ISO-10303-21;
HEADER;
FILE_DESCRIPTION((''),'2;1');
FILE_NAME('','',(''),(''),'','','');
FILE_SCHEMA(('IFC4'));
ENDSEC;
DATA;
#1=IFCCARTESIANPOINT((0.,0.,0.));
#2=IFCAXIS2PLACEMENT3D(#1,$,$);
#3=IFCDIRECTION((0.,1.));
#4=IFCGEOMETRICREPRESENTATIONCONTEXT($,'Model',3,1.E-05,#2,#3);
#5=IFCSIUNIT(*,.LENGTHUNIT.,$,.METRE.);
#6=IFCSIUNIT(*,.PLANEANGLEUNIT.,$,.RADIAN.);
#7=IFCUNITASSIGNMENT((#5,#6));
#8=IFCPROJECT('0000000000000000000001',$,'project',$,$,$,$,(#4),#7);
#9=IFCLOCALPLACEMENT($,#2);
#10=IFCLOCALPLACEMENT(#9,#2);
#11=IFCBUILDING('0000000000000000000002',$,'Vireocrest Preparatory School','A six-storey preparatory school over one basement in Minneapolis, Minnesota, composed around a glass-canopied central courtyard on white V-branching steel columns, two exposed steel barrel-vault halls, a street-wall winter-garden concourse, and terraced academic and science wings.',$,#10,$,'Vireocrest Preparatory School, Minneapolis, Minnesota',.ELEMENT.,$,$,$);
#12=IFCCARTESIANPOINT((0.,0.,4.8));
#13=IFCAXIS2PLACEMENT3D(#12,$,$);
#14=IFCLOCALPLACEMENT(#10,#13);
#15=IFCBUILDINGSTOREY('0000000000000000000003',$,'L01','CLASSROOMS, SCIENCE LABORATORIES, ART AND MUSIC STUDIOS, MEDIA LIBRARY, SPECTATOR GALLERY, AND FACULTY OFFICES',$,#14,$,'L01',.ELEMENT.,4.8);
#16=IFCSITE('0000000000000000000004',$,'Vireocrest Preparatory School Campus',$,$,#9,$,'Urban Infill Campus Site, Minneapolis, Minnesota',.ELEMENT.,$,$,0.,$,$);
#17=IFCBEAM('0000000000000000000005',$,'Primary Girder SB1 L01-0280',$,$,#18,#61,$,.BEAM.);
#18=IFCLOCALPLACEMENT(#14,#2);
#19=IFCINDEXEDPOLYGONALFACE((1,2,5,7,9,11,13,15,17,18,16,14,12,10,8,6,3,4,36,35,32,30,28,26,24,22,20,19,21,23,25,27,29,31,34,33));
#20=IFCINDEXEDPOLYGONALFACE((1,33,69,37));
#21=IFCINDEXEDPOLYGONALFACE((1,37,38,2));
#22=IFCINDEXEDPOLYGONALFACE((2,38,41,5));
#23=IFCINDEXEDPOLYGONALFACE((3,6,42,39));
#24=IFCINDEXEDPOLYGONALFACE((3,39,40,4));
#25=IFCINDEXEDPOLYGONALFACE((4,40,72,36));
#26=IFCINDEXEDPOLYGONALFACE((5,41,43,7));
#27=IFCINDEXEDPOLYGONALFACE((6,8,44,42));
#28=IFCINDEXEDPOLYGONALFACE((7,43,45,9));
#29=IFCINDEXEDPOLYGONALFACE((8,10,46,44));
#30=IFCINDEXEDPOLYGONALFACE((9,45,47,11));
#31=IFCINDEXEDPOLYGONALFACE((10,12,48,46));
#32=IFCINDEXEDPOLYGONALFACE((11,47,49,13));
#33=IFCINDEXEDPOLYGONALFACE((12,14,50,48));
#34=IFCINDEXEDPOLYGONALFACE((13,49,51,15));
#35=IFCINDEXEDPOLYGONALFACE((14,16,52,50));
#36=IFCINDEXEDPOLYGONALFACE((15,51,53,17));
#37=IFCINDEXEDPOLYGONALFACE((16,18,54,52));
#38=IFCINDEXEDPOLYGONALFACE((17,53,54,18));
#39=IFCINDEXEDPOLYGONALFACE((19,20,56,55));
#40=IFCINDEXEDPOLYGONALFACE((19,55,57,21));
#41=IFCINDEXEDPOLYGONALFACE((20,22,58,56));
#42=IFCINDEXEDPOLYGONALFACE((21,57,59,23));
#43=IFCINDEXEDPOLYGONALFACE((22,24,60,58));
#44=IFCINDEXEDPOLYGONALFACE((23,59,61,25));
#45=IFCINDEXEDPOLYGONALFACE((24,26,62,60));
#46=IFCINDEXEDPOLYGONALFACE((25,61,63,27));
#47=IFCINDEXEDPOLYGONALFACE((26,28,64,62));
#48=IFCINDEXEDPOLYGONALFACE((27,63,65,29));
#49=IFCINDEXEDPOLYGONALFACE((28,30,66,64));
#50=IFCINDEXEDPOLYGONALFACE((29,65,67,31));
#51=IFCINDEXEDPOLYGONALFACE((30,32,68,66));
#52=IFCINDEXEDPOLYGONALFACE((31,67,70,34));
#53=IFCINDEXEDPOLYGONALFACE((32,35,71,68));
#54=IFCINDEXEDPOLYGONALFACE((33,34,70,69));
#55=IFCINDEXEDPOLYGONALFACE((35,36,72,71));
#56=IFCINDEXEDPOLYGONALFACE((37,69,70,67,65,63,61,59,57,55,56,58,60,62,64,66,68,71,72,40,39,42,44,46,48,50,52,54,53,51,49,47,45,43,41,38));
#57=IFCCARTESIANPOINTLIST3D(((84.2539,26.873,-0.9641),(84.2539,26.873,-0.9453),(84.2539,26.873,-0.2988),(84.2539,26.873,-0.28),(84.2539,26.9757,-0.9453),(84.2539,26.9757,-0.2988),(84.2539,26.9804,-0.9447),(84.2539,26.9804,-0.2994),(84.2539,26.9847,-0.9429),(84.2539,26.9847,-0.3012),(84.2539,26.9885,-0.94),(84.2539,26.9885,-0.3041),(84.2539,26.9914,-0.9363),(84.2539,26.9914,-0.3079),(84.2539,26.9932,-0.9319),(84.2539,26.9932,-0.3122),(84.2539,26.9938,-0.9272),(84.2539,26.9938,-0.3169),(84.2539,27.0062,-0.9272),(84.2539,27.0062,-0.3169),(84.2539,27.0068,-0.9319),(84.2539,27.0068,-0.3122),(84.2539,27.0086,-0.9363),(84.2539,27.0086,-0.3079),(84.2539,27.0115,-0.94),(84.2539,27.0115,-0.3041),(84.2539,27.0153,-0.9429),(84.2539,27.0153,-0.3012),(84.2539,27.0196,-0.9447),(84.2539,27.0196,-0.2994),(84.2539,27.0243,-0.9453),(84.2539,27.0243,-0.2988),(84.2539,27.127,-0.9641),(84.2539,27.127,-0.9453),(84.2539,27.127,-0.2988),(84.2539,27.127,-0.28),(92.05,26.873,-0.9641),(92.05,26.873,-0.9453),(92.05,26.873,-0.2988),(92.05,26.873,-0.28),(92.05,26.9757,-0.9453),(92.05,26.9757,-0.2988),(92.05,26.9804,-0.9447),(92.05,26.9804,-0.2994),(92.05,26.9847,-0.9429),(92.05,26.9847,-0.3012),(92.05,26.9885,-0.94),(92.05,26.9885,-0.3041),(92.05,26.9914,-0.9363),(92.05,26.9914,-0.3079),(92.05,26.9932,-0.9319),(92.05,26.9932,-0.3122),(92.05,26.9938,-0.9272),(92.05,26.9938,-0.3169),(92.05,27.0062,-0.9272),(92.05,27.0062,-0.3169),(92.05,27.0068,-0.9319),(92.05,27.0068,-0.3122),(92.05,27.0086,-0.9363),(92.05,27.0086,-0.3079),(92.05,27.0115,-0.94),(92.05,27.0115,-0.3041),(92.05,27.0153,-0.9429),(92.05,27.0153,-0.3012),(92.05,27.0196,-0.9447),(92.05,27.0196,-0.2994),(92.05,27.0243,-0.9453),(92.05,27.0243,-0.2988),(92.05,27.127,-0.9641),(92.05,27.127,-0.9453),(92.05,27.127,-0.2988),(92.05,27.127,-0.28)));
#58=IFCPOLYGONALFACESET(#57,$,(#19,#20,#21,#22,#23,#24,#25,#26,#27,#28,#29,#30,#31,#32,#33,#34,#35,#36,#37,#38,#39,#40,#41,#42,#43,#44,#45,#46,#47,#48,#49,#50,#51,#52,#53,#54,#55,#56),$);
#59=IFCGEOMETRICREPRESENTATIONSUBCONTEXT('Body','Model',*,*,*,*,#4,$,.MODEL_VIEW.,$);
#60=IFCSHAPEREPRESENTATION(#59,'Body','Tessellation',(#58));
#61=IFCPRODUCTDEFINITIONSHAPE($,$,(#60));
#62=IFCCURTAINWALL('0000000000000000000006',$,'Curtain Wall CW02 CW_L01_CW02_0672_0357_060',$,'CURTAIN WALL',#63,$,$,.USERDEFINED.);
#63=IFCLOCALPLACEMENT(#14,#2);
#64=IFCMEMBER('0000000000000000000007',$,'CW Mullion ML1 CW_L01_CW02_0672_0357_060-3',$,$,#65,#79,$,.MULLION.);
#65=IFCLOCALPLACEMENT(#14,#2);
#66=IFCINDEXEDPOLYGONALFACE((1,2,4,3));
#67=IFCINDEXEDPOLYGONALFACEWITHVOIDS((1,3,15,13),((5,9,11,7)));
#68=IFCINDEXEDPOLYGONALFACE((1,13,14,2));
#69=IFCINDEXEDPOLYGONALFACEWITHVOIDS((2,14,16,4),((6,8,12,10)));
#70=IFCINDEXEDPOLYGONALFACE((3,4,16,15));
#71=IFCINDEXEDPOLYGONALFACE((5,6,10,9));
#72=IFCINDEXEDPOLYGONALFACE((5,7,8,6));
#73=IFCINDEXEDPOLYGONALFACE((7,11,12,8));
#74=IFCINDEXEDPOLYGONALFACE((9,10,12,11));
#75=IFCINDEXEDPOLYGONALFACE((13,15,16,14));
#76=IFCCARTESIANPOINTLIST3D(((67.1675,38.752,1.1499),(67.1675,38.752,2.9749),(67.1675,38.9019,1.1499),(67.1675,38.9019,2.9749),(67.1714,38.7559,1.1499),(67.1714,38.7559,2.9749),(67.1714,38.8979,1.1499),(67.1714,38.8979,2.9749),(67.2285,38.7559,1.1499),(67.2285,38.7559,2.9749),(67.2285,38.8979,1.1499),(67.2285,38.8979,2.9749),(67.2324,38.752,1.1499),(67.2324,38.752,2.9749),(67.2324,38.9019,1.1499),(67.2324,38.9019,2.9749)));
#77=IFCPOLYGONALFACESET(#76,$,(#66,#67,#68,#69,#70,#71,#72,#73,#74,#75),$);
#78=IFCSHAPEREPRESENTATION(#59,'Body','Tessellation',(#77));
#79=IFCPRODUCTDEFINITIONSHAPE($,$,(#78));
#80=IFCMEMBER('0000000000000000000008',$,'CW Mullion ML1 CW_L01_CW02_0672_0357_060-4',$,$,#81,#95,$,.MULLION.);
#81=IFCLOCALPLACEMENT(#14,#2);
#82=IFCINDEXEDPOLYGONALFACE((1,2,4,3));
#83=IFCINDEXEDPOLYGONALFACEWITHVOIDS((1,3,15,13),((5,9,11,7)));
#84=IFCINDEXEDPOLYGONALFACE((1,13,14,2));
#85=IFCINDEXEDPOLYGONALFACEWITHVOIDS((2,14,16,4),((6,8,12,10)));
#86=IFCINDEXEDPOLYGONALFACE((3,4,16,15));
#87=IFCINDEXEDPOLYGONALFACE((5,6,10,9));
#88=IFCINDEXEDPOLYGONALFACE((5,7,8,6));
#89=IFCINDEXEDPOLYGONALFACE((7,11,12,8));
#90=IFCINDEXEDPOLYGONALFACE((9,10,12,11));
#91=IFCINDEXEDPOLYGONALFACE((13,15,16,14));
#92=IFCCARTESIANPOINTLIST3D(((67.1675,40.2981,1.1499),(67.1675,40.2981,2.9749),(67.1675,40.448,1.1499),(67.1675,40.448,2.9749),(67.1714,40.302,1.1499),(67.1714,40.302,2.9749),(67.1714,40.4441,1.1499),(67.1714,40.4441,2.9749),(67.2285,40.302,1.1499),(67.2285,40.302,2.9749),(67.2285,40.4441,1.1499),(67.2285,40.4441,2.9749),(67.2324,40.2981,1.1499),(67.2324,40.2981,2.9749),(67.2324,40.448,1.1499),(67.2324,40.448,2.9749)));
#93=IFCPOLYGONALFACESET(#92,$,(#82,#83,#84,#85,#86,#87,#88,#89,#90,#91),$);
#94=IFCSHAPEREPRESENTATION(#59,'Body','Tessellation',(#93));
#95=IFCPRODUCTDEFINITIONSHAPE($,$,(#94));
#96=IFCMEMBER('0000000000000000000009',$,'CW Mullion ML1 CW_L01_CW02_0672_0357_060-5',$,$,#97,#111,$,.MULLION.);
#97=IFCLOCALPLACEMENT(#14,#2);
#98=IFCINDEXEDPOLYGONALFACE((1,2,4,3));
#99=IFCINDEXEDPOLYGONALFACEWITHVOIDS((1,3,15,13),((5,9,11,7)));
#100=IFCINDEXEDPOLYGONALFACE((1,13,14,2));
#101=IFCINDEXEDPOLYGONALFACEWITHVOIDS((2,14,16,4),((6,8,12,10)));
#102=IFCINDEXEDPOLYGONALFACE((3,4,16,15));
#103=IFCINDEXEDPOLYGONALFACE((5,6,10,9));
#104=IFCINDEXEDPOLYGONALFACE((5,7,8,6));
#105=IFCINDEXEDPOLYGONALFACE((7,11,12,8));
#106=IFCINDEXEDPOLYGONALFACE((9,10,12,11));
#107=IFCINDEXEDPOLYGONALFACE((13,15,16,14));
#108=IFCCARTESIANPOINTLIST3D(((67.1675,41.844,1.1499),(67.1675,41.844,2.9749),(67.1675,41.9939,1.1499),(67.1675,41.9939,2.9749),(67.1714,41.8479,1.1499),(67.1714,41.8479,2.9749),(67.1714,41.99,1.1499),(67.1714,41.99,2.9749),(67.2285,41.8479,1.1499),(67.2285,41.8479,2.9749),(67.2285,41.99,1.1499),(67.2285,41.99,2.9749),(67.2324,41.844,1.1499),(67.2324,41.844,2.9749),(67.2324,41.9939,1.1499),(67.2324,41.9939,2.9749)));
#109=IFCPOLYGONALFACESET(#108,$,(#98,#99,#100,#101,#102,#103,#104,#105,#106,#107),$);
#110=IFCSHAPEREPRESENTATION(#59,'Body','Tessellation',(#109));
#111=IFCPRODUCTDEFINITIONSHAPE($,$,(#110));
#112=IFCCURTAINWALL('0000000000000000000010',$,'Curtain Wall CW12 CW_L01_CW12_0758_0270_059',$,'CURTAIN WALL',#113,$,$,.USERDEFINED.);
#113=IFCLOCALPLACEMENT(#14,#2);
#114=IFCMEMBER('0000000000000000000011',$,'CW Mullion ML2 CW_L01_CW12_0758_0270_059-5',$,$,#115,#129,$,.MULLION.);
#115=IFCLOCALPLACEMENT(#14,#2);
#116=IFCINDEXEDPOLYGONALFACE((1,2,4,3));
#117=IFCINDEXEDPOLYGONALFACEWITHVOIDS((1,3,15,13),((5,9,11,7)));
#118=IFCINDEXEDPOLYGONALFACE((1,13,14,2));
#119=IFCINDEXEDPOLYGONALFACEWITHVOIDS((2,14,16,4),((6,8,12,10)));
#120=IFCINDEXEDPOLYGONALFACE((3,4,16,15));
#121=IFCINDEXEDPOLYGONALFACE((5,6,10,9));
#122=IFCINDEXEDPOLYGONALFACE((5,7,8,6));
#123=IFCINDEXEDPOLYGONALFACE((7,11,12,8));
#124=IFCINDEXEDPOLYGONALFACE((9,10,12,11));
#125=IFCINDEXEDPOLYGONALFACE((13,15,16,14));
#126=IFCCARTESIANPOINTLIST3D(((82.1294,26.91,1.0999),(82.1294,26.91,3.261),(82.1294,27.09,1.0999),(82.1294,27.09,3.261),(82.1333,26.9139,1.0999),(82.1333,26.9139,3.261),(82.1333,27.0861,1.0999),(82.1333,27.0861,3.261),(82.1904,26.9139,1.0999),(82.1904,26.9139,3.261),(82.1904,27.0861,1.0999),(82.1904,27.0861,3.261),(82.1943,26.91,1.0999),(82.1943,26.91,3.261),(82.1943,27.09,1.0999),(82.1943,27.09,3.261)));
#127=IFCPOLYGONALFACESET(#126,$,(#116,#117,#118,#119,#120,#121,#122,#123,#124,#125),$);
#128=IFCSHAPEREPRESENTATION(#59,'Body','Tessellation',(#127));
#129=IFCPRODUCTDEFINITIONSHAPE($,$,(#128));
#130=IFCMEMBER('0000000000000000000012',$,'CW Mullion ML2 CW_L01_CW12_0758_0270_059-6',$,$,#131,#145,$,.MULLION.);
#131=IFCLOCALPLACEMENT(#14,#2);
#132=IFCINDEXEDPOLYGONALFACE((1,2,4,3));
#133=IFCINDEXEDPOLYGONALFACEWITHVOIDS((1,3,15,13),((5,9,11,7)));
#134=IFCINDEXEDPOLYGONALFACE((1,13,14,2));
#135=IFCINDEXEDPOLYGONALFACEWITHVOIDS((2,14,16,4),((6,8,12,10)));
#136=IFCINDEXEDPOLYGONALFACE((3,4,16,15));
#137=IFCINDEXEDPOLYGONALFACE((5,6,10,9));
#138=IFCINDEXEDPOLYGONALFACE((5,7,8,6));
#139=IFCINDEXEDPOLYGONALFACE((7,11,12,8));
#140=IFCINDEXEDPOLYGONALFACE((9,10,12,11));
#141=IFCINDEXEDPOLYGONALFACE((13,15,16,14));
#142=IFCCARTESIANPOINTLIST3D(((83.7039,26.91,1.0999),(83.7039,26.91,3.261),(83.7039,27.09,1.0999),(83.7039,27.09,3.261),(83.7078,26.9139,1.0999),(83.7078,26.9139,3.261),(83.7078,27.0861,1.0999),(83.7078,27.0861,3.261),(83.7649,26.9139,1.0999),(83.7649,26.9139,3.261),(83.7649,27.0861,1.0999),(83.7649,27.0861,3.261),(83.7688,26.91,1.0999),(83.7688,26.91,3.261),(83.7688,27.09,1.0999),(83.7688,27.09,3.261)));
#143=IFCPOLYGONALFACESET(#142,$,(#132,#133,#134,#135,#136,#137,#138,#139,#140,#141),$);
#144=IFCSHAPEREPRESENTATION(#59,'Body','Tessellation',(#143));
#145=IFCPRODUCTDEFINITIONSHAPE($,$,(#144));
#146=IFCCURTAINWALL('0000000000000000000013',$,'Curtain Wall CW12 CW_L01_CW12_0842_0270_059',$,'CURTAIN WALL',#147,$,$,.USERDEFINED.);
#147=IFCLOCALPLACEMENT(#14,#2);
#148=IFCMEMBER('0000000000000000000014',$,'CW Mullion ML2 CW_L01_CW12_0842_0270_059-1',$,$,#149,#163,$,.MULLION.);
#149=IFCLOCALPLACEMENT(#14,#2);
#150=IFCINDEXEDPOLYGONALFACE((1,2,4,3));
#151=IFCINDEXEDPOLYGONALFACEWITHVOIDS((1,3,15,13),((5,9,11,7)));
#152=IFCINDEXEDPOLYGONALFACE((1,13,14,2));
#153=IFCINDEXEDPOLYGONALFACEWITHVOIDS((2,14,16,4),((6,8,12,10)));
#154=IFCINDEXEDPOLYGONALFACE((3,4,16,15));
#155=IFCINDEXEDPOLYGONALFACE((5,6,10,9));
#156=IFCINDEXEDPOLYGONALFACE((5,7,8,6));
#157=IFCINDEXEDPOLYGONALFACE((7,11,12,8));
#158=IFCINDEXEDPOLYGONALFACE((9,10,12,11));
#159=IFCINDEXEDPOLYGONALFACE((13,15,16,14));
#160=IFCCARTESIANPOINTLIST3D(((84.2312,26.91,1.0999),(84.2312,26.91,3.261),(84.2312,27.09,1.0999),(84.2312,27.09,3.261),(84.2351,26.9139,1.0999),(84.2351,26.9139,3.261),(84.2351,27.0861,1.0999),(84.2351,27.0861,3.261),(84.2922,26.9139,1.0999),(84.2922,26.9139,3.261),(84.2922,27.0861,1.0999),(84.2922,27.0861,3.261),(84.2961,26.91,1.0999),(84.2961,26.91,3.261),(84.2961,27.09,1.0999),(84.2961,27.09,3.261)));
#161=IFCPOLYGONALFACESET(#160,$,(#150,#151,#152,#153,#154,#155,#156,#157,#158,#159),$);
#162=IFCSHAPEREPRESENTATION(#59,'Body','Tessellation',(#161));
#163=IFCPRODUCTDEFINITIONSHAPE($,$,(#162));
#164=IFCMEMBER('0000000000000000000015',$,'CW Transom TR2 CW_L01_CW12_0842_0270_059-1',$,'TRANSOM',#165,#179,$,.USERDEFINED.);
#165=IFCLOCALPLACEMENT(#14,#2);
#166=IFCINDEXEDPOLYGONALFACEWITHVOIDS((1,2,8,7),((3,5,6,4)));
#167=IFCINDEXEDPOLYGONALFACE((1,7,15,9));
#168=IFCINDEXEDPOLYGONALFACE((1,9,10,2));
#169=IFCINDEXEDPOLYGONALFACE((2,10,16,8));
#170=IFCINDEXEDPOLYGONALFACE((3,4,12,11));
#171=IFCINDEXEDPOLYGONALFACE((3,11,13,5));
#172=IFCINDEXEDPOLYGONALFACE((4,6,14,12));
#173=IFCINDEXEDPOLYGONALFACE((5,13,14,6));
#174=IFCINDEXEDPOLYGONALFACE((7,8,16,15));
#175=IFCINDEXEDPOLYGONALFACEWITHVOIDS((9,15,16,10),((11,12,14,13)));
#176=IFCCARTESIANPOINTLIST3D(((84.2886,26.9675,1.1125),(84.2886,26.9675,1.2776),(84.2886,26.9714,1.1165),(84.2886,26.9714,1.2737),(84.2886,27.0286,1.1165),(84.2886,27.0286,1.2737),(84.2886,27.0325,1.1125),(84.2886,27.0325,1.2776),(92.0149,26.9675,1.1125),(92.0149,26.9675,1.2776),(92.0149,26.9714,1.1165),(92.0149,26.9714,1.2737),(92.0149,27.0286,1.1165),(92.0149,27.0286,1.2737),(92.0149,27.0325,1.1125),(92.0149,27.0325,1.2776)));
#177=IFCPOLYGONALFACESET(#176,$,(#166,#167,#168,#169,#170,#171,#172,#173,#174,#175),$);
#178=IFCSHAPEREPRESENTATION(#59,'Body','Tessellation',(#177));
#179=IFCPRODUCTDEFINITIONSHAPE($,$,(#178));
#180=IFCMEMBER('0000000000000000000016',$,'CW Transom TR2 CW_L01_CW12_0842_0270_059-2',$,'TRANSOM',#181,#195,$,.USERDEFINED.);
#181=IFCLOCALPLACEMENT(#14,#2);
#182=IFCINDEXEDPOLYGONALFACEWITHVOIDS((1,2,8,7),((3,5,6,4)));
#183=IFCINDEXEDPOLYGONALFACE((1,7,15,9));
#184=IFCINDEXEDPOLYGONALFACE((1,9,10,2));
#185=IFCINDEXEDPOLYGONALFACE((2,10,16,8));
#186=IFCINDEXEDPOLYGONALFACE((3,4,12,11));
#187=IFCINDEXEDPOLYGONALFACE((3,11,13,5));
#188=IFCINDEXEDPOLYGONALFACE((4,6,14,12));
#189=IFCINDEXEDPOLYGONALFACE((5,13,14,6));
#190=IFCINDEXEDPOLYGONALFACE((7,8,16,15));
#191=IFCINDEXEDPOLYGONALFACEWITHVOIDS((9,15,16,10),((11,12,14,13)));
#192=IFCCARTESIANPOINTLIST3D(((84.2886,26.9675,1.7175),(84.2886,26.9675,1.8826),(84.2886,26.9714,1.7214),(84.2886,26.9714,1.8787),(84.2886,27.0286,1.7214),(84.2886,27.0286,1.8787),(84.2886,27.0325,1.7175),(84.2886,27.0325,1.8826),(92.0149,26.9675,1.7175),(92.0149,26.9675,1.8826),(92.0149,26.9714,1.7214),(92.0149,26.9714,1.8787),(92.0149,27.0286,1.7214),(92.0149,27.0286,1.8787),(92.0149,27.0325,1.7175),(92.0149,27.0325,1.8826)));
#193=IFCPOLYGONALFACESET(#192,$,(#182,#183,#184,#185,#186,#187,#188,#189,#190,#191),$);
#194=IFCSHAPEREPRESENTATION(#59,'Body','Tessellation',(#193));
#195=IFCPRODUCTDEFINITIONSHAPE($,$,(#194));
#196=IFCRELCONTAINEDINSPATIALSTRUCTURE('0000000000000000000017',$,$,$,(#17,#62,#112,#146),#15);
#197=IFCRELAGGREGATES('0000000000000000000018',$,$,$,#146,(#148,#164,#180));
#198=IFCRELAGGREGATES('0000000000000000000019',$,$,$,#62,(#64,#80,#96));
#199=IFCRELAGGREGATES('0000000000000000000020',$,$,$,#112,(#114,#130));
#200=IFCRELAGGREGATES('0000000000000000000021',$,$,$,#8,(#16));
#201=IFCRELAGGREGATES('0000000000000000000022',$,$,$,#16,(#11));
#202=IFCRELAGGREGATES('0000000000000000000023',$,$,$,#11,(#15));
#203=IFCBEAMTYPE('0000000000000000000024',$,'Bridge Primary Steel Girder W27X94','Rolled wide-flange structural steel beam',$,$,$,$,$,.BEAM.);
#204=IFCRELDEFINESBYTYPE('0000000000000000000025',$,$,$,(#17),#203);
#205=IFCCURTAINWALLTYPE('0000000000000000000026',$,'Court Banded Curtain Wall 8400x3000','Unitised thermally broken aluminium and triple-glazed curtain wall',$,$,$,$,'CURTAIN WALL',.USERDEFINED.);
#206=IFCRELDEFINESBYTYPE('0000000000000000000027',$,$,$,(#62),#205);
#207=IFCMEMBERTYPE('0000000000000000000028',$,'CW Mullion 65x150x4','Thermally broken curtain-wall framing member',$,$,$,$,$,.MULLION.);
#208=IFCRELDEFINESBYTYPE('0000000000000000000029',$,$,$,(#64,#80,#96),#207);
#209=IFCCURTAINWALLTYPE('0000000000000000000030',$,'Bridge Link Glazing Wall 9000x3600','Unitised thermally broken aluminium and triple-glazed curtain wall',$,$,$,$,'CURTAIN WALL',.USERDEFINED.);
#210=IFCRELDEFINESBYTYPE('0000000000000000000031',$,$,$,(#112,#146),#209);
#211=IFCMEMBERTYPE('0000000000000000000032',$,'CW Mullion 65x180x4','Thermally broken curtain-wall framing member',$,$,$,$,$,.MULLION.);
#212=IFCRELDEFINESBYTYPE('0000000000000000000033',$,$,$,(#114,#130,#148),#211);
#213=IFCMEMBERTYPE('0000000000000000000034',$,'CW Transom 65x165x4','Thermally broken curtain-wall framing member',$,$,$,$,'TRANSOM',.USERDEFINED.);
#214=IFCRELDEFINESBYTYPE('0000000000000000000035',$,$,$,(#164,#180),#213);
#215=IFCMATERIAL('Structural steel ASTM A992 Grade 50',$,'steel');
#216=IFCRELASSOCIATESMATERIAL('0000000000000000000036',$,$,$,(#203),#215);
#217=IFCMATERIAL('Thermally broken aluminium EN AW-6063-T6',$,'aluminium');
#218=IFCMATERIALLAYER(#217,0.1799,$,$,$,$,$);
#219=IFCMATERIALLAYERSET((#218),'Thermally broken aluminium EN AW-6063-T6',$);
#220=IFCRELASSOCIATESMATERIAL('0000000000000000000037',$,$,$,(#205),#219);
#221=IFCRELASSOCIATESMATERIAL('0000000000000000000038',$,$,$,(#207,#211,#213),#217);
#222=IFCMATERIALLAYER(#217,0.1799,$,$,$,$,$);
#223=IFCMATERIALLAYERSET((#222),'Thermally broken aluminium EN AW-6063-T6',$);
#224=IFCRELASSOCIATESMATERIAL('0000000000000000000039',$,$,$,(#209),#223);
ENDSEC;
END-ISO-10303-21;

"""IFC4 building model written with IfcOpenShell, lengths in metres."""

from ifc_helpers import new_model, si_unit, direction, frame, origin, origin_2d, place, context, subcontext, project, spatial, hollow_rectangle, i_section, extrude, material, layer, layer_set, material_profile, profile_set, type_object, element, aggregate, save


model = new_model("IFC4")

# Units and contexts
model_context = context("Model", 3, precision=1e-05, world=origin(), true_north=direction((0.0, 1.0)))
body_context = subcontext(model_context, "Body", "Model", "MODEL_VIEW")
ifc_project = project(units=[si_unit("LENGTHUNIT", "METRE"), si_unit("PLANEANGLEUNIT", "RADIAN")], contexts=[model_context])

# Site, building, storey
site_placement = place(None, origin())
site = spatial("IfcSite", under=ifc_project, at=site_placement, Name="Vireocrest Preparatory School Campus", LongName="Urban Infill Campus Site, Minneapolis, Minnesota", CompositionType="ELEMENT", RefElevation=0.0)
building_placement = place(site_placement, origin())
building = spatial("IfcBuilding", under=site, at=building_placement, Name="Vireocrest Preparatory School", Description="A six-storey preparatory school over one basement in Minneapolis, Minnesota, composed around a glass-canopied central courtyard on white V-branching steel columns, two exposed steel barrel-vault halls, a street-wall winter-garden concourse, and terraced academic and science wings.", LongName="Vireocrest Preparatory School, Minneapolis, Minnesota", CompositionType="ELEMENT")
storey_placement = place(building_placement, frame((0.0, 0.0, 4.8)))
storey = spatial("IfcBuildingStorey", under=building, at=storey_placement, Name="L01", Description="CLASSROOMS, SCIENCE LABORATORIES, ART AND MUSIC STUDIOS, MEDIA LIBRARY, SPECTATOR GALLERY, AND FACULTY OFFICES", LongName="L01", CompositionType="ELEMENT", Elevation=4.8)

# Beam
ifc_material_1 = material(Name="Structural steel ASTM A992 Grade 50", Category="steel")
ifc_material_profile_1 = material_profile(ifc_material_1, i_section(OverallWidth=0.2539, OverallDepth=0.6841, WebThickness=0.0125, FlangeThickness=0.0188, FilletRadius=0.0181, at=origin_2d()), Name="W27X94")
ifc_profile_set_1 = profile_set([ifc_material_profile_1], Name="Structural steel ASTM A992 Grade 50")
beam_type_1 = type_object("IfcBeamType", Name="Bridge Primary Steel Girder W27X94", Description="Rolled wide-flange structural steel beam", PredefinedType="BEAM", material=ifc_profile_set_1)
beam_1_placement = place(storey_placement, frame((84.2539, 27.0, -0.6221), z_axis=(1.0, 0.0, 0.0), x_axis=(0.0, 1.0, 0.0)))
element("IfcBeam", 1, at=beam_1_placement, inside=storey, type_object=beam_type_1, Name="Primary Girder SB1 L01-0280", PredefinedType="BEAM", context=body_context, shape_type="SweptSolid", body=[
    extrude(i_section(OverallWidth=0.2539, OverallDepth=0.6841, WebThickness=0.0125, FlangeThickness=0.0188, FilletRadius=0.0181, at=origin_2d()), origin(), (0.0, 0.0, 1.0), 7.7961),
])

# Curtain walls, members
ifc_material_2 = material(Name="Thermally broken aluminium EN AW-6063-T6", Category="aluminium")
ifc_layer_1 = layer(ifc_material_2, 0.1799)
ifc_layer_set_1 = layer_set([ifc_layer_1], Name="Thermally broken aluminium EN AW-6063-T6")
curtain_wall_type_1 = type_object("IfcCurtainWallType", Name="Court Banded Curtain Wall 8400x3000", Description="Unitised thermally broken aluminium and triple-glazed curtain wall", ElementType="CURTAIN WALL", PredefinedType="USERDEFINED", material=ifc_layer_set_1)
curtain_wall_1_placement = place(storey_placement, origin())
curtain_wall_1 = element("IfcCurtainWall", 2, at=curtain_wall_1_placement, inside=storey, type_object=curtain_wall_type_1, Name="Curtain Wall CW02 CW_L01_CW02_0672_0357_060", ObjectType="CURTAIN WALL", PredefinedType="USERDEFINED")
ifc_material_profile_2 = material_profile(ifc_material_2, hollow_rectangle(XDim=0.0649, YDim=0.1499, WallThickness=0.0039, at=origin_2d()), Name="ALU 65x150x4")
ifc_profile_set_2 = profile_set([ifc_material_profile_2], Name="Thermally broken aluminium EN AW-6063-T6")
member_type_1 = type_object("IfcMemberType", Name="CW Mullion 65x150x4", Description="Thermally broken curtain-wall framing member", PredefinedType="MULLION", material=ifc_profile_set_2)
member_1_placement = place(storey_placement, frame((67.2, 38.8269, 1.1499), z_axis=(0.0, 0.0, 1.0), x_axis=(1.0, 0.0, 0.0)))
member_1 = element("IfcMember", 3, at=member_1_placement, type_object=member_type_1, Name="CW Mullion ML1 CW_L01_CW02_0672_0357_060-3", PredefinedType="MULLION", context=body_context, shape_type="SweptSolid", body=[
    extrude(hollow_rectangle(XDim=0.0649, YDim=0.1499, WallThickness=0.0039, at=origin_2d()), origin(), (0.0, 0.0, 1.0), 1.825),
])
member_2_placement = place(storey_placement, frame((67.2, 40.373, 1.1499), z_axis=(0.0, 0.0, 1.0), x_axis=(1.0, 0.0, 0.0)))
member_2 = element("IfcMember", 4, at=member_2_placement, type_object=member_type_1, Name="CW Mullion ML1 CW_L01_CW02_0672_0357_060-4", PredefinedType="MULLION", context=body_context, shape_type="SweptSolid", body=[
    extrude(hollow_rectangle(XDim=0.0649, YDim=0.1499, WallThickness=0.0039, at=origin_2d()), origin(), (0.0, 0.0, 1.0), 1.825),
])
member_3_placement = place(storey_placement, frame((67.2, 41.9189, 1.1499), z_axis=(0.0, 0.0, 1.0), x_axis=(1.0, 0.0, 0.0)))
member_3 = element("IfcMember", 5, at=member_3_placement, type_object=member_type_1, Name="CW Mullion ML1 CW_L01_CW02_0672_0357_060-5", PredefinedType="MULLION", context=body_context, shape_type="SweptSolid", body=[
    extrude(hollow_rectangle(XDim=0.0649, YDim=0.1499, WallThickness=0.0039, at=origin_2d()), origin(), (0.0, 0.0, 1.0), 1.825),
])
ifc_layer_2 = layer(ifc_material_2, 0.1799)
ifc_layer_set_2 = layer_set([ifc_layer_2], Name="Thermally broken aluminium EN AW-6063-T6")
curtain_wall_type_2 = type_object("IfcCurtainWallType", Name="Bridge Link Glazing Wall 9000x3600", Description="Unitised thermally broken aluminium and triple-glazed curtain wall", ElementType="CURTAIN WALL", PredefinedType="USERDEFINED", material=ifc_layer_set_2)
curtain_wall_2_placement = place(storey_placement, origin())
curtain_wall_2 = element("IfcCurtainWall", 6, at=curtain_wall_2_placement, inside=storey, type_object=curtain_wall_type_2, Name="Curtain Wall CW12 CW_L01_CW12_0758_0270_059", ObjectType="CURTAIN WALL", PredefinedType="USERDEFINED")
ifc_material_profile_3 = material_profile(ifc_material_2, hollow_rectangle(XDim=0.0649, YDim=0.1799, WallThickness=0.0039, at=origin_2d()), Name="ALU 65x180x4")
ifc_profile_set_3 = profile_set([ifc_material_profile_3], Name="Thermally broken aluminium EN AW-6063-T6")
member_type_2 = type_object("IfcMemberType", Name="CW Mullion 65x180x4", Description="Thermally broken curtain-wall framing member", PredefinedType="MULLION", material=ifc_profile_set_3)
member_4_placement = place(storey_placement, frame((82.1619, 27.0, 1.0999), z_axis=(0.0, 0.0, 1.0), x_axis=(1.0, 0.0, 0.0)))
member_4 = element("IfcMember", 7, at=member_4_placement, type_object=member_type_2, Name="CW Mullion ML2 CW_L01_CW12_0758_0270_059-5", PredefinedType="MULLION", context=body_context, shape_type="SweptSolid", body=[
    extrude(hollow_rectangle(XDim=0.0649, YDim=0.1799, WallThickness=0.0039, at=origin_2d()), origin(), (0.0, 0.0, 1.0), 2.1611),
])
member_5_placement = place(storey_placement, frame((83.7363, 27.0, 1.0999), z_axis=(0.0, 0.0, 1.0), x_axis=(1.0, 0.0, 0.0)))
member_5 = element("IfcMember", 8, at=member_5_placement, type_object=member_type_2, Name="CW Mullion ML2 CW_L01_CW12_0758_0270_059-6", PredefinedType="MULLION", context=body_context, shape_type="SweptSolid", body=[
    extrude(hollow_rectangle(XDim=0.0649, YDim=0.1799, WallThickness=0.0039, at=origin_2d()), origin(), (0.0, 0.0, 1.0), 2.1611),
])
curtain_wall_3_placement = place(storey_placement, origin())
curtain_wall_3 = element("IfcCurtainWall", 9, at=curtain_wall_3_placement, inside=storey, type_object=curtain_wall_type_2, Name="Curtain Wall CW12 CW_L01_CW12_0842_0270_059", ObjectType="CURTAIN WALL", PredefinedType="USERDEFINED")
member_6_placement = place(storey_placement, frame((84.2637, 27.0, 1.0999), z_axis=(0.0, 0.0, 1.0), x_axis=(1.0, 0.0, 0.0)))
member_6 = element("IfcMember", 10, at=member_6_placement, type_object=member_type_2, Name="CW Mullion ML2 CW_L01_CW12_0842_0270_059-1", PredefinedType="MULLION", context=body_context, shape_type="SweptSolid", body=[
    extrude(hollow_rectangle(XDim=0.0649, YDim=0.1799, WallThickness=0.0039, at=origin_2d()), origin(), (0.0, 0.0, 1.0), 2.1611),
])
ifc_material_profile_4 = material_profile(ifc_material_2, hollow_rectangle(XDim=0.0649, YDim=0.165, WallThickness=0.0039, at=origin_2d()), Name="ALU 65x165x4")
ifc_profile_set_4 = profile_set([ifc_material_profile_4], Name="Thermally broken aluminium EN AW-6063-T6")
member_type_3 = type_object("IfcMemberType", Name="CW Transom 65x165x4", Description="Thermally broken curtain-wall framing member", ElementType="TRANSOM", PredefinedType="USERDEFINED", material=ifc_profile_set_4)
member_7_placement = place(storey_placement, frame((84.2886, 27.0, 1.1951), z_axis=(1.0, 0.0, 0.0), x_axis=(0.0, 1.0, 0.0)))
member_7 = element("IfcMember", 11, at=member_7_placement, type_object=member_type_3, Name="CW Transom TR2 CW_L01_CW12_0842_0270_059-1", ObjectType="TRANSOM", PredefinedType="USERDEFINED", context=body_context, shape_type="SweptSolid", body=[
    extrude(hollow_rectangle(XDim=0.0649, YDim=0.165, WallThickness=0.0039, at=origin_2d()), origin(), (0.0, 0.0, 1.0), 7.7263),
])
member_8_placement = place(storey_placement, frame((84.2886, 27.0, 1.8), z_axis=(1.0, 0.0, 0.0), x_axis=(0.0, 1.0, 0.0)))
member_8 = element("IfcMember", 12, at=member_8_placement, type_object=member_type_3, Name="CW Transom TR2 CW_L01_CW12_0842_0270_059-2", ObjectType="TRANSOM", PredefinedType="USERDEFINED", context=body_context, shape_type="SweptSolid", body=[
    extrude(hollow_rectangle(XDim=0.0649, YDim=0.165, WallThickness=0.0039, at=origin_2d()), origin(), (0.0, 0.0, 1.0), 7.7263),
])
aggregate(curtain_wall_3, [member_6, member_7, member_8])

aggregate(curtain_wall_1, [member_1, member_2, member_3])
aggregate(curtain_wall_2, [member_4, member_5])

save(model, "model.ifc")
